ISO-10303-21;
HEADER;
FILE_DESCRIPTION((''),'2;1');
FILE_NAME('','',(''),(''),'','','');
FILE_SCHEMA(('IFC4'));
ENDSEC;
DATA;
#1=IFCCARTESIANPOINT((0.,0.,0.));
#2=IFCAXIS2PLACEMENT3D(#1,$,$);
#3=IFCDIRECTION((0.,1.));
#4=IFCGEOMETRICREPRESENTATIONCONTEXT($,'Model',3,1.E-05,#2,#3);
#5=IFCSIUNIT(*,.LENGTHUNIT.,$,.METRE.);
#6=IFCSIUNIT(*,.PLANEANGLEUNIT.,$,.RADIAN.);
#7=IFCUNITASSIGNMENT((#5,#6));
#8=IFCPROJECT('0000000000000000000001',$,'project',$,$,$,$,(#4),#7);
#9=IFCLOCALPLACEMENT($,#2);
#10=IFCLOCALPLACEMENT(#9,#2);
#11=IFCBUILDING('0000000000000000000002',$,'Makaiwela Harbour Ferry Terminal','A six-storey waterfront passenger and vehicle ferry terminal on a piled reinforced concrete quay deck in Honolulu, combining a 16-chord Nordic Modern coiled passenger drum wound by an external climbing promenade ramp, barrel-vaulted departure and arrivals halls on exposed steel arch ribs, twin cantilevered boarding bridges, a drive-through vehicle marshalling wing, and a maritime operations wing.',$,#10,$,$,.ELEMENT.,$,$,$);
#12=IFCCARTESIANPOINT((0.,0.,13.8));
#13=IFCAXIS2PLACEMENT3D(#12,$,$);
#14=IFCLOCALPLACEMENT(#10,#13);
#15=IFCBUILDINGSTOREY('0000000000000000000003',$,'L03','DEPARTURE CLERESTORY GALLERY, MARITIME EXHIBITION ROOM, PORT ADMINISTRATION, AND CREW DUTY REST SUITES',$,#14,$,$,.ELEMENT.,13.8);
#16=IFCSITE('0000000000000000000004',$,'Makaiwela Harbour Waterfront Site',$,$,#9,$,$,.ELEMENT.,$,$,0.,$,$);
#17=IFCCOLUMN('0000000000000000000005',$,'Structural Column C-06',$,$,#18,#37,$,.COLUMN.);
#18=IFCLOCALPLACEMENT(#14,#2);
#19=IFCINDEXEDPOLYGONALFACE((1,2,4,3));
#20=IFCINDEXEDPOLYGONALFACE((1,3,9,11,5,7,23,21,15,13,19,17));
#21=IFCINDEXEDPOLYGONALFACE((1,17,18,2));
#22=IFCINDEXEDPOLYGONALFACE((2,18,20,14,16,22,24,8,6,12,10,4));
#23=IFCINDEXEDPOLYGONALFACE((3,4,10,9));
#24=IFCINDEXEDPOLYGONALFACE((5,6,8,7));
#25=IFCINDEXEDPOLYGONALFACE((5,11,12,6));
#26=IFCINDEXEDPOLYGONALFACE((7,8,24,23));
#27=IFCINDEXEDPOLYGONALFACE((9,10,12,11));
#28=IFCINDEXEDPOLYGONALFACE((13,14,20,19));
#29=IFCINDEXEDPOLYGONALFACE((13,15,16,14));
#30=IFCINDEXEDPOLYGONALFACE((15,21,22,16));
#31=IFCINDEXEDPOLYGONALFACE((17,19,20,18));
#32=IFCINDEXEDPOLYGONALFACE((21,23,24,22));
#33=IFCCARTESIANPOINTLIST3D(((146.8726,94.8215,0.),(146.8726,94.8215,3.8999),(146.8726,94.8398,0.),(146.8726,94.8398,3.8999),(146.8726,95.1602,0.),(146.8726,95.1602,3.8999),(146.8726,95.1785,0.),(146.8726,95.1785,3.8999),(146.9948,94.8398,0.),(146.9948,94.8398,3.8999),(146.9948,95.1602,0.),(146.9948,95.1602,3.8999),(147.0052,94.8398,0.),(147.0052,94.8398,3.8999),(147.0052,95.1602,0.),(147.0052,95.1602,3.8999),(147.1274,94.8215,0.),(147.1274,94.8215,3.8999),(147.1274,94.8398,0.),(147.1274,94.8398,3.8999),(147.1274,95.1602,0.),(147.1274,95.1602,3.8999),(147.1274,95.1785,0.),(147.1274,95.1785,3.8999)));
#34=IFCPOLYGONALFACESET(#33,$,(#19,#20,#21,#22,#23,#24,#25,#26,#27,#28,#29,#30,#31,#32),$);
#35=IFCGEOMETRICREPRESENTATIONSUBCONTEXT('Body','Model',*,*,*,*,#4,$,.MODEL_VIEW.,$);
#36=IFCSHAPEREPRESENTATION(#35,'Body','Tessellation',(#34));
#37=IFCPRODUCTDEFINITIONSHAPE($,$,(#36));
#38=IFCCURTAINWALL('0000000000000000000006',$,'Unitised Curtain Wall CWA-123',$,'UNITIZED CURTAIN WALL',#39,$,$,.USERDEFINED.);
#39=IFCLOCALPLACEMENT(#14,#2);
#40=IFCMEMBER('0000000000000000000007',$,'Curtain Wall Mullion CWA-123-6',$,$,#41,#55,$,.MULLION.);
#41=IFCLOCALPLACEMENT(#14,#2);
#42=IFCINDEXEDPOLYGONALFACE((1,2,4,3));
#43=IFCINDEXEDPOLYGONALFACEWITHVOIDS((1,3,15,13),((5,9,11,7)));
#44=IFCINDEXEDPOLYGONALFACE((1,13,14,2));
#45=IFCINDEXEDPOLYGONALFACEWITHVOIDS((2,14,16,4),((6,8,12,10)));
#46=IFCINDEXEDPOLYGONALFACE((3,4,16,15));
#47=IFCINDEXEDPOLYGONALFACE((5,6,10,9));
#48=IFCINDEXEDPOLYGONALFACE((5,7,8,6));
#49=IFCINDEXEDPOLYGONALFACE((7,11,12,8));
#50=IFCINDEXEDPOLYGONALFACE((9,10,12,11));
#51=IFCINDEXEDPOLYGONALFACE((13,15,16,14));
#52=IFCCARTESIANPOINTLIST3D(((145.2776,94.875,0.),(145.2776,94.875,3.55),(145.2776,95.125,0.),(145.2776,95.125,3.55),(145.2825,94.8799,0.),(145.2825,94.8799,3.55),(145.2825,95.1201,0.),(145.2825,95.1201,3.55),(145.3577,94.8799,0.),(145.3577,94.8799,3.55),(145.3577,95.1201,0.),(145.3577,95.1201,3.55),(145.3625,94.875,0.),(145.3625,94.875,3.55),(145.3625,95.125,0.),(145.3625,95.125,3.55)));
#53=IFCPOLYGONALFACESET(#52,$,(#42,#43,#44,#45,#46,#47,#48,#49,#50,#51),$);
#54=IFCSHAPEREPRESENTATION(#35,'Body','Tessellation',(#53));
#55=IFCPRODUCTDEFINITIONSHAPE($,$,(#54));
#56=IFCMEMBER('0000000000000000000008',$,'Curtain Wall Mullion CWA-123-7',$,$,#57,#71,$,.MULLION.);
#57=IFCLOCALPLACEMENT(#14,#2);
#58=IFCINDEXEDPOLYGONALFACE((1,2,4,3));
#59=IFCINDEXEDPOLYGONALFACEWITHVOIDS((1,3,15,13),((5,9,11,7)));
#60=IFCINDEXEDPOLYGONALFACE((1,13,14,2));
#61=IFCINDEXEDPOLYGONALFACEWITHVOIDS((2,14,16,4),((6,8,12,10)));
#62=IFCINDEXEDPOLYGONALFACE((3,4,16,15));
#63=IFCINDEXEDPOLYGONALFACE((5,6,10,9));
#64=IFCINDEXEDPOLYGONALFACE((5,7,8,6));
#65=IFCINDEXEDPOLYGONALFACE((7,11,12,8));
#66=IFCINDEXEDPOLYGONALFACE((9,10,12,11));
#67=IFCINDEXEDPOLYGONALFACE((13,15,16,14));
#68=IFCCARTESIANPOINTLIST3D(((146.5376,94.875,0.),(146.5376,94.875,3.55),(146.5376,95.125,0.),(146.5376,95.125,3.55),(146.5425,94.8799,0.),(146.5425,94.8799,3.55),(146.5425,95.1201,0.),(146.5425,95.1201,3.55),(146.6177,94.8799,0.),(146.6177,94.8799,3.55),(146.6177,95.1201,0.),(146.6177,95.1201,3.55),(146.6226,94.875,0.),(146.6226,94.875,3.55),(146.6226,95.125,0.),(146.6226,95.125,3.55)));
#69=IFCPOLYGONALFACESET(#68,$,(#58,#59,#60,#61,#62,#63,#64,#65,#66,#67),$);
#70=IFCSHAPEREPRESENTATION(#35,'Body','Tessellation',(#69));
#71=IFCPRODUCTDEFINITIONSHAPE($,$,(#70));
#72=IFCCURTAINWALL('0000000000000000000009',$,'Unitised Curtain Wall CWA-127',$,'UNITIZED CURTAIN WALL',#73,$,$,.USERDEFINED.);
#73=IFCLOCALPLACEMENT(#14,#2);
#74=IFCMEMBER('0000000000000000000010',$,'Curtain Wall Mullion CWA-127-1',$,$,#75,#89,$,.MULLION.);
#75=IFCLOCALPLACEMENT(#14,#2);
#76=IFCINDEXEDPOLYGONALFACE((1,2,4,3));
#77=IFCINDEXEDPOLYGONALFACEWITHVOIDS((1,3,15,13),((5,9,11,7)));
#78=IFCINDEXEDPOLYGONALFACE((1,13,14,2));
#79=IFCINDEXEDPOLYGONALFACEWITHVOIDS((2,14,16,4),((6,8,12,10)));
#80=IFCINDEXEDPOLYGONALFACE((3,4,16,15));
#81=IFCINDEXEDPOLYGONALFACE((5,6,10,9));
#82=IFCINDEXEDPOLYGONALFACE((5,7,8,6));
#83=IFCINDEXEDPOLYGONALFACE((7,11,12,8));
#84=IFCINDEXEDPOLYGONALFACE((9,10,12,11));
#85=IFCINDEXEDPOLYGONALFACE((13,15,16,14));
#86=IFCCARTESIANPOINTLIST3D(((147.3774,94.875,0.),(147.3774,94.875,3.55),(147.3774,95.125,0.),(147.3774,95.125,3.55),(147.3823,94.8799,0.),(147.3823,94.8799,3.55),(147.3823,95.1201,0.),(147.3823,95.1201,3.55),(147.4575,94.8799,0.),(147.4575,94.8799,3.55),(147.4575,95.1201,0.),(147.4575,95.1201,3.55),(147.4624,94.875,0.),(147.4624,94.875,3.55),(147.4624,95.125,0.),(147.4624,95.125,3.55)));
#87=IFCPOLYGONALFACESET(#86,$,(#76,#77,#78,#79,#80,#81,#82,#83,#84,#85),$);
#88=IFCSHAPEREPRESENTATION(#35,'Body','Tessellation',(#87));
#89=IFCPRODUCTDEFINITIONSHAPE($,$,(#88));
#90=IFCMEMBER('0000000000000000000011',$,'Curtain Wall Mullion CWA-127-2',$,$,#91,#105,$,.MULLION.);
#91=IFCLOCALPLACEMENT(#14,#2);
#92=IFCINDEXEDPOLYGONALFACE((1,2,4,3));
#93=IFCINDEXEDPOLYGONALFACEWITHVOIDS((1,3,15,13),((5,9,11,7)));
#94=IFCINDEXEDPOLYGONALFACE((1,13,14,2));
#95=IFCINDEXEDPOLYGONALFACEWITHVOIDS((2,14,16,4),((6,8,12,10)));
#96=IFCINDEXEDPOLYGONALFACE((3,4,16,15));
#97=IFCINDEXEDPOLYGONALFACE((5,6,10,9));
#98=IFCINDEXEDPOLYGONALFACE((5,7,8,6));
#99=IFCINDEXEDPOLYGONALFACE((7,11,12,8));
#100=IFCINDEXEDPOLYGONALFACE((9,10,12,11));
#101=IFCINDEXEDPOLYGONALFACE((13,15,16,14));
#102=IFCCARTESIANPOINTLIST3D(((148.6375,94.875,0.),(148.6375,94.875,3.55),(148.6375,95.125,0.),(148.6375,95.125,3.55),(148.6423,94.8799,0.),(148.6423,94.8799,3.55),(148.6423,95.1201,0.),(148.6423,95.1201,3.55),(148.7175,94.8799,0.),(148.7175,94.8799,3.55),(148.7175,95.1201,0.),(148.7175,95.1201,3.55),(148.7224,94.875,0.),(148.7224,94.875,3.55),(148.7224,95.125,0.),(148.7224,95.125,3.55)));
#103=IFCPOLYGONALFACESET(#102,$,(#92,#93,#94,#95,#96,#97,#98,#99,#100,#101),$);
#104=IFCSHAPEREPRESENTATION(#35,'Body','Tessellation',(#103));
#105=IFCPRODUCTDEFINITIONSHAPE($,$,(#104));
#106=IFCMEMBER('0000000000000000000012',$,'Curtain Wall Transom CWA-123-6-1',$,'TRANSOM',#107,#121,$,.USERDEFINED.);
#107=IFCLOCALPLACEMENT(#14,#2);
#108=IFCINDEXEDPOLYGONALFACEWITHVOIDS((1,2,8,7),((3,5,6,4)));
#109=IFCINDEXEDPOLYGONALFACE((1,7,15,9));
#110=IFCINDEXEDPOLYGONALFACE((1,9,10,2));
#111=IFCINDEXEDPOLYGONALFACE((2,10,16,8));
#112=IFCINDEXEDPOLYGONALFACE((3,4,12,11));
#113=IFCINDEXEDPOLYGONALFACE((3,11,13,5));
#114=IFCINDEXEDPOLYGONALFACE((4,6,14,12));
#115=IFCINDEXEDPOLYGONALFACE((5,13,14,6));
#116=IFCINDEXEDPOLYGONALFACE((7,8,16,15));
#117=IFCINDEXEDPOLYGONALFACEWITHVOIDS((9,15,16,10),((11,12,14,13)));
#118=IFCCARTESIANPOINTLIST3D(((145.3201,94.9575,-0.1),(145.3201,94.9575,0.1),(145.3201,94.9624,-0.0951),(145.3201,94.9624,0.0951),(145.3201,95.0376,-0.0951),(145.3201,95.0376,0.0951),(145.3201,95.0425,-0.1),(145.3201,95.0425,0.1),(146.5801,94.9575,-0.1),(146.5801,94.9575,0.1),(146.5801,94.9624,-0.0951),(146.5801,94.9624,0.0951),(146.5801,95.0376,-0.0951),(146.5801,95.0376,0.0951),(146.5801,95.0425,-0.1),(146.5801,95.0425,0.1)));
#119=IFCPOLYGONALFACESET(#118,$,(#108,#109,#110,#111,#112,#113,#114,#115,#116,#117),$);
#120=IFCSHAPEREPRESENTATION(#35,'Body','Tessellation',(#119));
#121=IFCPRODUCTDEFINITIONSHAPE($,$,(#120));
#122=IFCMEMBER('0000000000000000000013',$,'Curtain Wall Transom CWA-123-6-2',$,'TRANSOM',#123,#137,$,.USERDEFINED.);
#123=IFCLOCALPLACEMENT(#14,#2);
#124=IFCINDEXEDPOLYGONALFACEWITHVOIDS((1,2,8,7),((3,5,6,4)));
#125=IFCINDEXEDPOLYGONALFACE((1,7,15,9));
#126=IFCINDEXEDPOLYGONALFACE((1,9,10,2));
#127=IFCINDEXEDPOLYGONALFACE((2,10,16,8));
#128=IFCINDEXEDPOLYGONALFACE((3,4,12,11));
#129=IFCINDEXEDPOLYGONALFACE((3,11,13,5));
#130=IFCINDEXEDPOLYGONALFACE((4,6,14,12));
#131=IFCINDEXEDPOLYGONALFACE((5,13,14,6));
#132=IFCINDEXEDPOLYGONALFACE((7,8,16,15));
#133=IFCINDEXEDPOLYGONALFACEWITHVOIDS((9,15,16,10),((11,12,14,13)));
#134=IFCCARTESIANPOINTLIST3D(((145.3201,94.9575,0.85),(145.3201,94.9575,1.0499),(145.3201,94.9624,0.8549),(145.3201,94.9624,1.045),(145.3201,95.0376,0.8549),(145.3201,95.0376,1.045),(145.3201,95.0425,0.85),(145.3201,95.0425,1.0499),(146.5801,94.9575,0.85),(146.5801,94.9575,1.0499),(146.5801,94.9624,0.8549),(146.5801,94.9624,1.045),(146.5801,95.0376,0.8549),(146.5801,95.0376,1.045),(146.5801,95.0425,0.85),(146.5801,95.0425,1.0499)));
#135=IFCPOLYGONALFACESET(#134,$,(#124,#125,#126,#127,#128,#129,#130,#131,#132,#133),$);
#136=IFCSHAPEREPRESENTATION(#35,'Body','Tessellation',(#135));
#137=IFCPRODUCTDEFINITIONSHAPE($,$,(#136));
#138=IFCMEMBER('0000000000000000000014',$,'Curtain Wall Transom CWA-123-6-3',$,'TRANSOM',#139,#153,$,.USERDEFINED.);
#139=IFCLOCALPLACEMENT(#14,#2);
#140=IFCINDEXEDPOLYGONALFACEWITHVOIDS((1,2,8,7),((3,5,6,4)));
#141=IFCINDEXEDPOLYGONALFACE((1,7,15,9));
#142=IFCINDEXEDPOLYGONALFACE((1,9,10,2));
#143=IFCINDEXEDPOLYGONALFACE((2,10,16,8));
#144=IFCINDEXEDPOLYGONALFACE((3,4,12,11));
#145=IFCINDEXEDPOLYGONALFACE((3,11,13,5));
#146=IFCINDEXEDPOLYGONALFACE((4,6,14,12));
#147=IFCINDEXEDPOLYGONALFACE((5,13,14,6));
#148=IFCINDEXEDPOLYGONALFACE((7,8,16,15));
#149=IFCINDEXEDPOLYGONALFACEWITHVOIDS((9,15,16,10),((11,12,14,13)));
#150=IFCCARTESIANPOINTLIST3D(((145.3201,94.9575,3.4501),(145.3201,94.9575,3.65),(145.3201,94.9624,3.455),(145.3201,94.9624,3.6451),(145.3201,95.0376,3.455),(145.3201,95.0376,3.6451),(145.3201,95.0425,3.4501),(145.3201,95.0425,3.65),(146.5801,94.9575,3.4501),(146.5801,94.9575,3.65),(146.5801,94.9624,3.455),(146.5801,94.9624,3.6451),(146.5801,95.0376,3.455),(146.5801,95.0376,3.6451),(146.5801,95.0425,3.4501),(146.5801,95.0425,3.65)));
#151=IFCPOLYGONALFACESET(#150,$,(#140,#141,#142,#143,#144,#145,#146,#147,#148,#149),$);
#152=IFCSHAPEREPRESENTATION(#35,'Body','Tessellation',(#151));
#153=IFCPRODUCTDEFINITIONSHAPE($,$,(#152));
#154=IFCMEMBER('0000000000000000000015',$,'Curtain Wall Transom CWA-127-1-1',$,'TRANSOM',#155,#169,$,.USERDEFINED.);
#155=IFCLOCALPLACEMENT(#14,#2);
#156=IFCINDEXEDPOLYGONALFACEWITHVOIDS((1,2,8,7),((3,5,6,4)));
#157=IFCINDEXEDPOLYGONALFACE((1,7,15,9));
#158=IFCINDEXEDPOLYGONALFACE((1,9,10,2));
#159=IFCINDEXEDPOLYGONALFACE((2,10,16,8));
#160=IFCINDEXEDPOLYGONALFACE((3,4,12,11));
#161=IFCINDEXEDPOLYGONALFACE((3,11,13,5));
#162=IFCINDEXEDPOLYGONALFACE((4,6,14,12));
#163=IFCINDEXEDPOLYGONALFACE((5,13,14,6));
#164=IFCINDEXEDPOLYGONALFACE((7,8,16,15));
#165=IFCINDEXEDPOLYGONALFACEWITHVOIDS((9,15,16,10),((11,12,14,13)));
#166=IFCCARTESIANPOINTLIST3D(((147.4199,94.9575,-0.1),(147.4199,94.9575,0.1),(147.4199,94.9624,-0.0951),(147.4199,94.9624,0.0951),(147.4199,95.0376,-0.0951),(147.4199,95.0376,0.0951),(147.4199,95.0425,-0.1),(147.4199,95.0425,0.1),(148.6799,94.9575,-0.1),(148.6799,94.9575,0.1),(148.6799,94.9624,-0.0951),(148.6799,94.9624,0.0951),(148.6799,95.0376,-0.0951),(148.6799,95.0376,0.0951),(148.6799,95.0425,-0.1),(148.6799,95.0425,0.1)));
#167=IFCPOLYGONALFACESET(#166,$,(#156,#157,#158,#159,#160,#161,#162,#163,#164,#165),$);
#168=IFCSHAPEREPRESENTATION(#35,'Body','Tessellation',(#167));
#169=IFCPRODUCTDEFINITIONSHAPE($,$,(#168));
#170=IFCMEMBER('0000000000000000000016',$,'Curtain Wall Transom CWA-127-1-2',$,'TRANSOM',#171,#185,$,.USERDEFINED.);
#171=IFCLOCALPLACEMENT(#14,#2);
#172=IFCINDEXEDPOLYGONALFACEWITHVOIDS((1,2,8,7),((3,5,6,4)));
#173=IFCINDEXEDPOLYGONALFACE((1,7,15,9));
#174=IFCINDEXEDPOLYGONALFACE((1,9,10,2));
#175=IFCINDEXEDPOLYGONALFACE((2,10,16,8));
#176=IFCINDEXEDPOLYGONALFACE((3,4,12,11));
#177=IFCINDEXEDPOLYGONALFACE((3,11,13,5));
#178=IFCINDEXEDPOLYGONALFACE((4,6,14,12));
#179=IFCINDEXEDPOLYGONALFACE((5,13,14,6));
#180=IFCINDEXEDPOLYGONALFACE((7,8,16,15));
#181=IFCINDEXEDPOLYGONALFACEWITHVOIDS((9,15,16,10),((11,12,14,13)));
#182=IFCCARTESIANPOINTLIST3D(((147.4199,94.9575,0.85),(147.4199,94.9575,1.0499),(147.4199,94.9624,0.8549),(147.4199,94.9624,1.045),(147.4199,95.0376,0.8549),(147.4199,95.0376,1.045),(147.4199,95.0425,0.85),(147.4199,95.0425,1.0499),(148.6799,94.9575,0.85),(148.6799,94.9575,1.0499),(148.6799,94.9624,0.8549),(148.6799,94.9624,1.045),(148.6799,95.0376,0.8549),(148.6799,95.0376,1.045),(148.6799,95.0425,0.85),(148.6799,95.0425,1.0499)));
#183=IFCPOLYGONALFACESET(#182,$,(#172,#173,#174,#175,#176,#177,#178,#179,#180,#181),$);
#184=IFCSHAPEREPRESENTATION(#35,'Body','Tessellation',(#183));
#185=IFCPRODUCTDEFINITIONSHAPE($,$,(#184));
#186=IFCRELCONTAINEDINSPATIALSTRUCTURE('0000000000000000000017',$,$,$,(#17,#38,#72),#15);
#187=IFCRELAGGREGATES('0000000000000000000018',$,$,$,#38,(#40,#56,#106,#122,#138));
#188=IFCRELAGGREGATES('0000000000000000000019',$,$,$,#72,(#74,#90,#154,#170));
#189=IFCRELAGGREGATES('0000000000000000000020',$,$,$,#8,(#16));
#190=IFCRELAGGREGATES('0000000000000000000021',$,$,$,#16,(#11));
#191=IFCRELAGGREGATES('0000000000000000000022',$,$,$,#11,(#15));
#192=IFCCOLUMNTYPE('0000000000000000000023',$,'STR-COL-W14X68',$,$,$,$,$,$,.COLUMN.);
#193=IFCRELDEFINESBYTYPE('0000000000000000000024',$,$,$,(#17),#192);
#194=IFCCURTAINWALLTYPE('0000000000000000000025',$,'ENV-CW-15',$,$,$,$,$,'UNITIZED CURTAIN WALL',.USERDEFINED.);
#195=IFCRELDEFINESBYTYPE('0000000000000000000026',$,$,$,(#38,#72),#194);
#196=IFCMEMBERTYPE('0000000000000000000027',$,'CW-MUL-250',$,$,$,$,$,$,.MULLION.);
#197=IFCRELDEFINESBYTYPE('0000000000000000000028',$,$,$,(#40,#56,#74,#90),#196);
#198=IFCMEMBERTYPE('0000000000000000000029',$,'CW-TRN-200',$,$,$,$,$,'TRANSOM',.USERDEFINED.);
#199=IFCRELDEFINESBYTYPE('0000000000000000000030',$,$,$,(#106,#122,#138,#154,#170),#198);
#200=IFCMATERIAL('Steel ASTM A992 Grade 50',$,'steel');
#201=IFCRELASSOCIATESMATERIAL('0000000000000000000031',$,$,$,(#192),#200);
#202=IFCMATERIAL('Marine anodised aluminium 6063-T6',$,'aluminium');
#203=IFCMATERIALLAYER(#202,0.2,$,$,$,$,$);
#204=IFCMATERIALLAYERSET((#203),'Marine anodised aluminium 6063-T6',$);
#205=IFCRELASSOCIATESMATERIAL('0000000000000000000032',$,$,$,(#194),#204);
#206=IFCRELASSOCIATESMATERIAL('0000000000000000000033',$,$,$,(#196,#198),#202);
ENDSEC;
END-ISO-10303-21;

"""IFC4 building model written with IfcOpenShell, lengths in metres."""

from ifc_helpers import new_model, si_unit, direction, frame, origin, origin_2d, place, context, subcontext, project, spatial, hollow_rectangle, i_section, extrude, material, layer, layer_set, material_profile, profile_set, type_object, element, aggregate, save


model = new_model("IFC4")

# Units and contexts
model_context = context("Model", 3, precision=1e-05, world=origin(), true_north=direction((0.0, 1.0)))
body_context = subcontext(model_context, "Body", "Model", "MODEL_VIEW")
ifc_project = project(units=[si_unit("LENGTHUNIT", "METRE"), si_unit("PLANEANGLEUNIT", "RADIAN")], contexts=[model_context])

# Site, building, storey
site_placement = place(None, origin())
site = spatial("IfcSite", under=ifc_project, at=site_placement, Name="Makaiwela Harbour Waterfront Site", CompositionType="ELEMENT", RefElevation=0.0)
building_placement = place(site_placement, origin())
building = spatial("IfcBuilding", under=site, at=building_placement, Name="Makaiwela Harbour Ferry Terminal", Description="A six-storey waterfront passenger and vehicle ferry terminal on a piled reinforced concrete quay deck in Honolulu, combining a 16-chord Nordic Modern coiled passenger drum wound by an external climbing promenade ramp, barrel-vaulted departure and arrivals halls on exposed steel arch ribs, twin cantilevered boarding bridges, a drive-through vehicle marshalling wing, and a maritime operations wing.", CompositionType="ELEMENT")
storey_placement = place(building_placement, frame((0.0, 0.0, 13.8)))
storey = spatial("IfcBuildingStorey", under=building, at=storey_placement, Name="L03", Description="DEPARTURE CLERESTORY GALLERY, MARITIME EXHIBITION ROOM, PORT ADMINISTRATION, AND CREW DUTY REST SUITES", CompositionType="ELEMENT", Elevation=13.8)

# Column
ifc_material_1 = material(Name="Steel ASTM A992 Grade 50", Category="steel")
ifc_material_profile_1 = material_profile(ifc_material_1, i_section(OverallWidth=0.2549, OverallDepth=0.3569, WebThickness=0.0105, FlangeThickness=0.0183, at=origin_2d()), Name="W14X68")
ifc_profile_set_1 = profile_set([ifc_material_profile_1], Name="Steel ASTM A992 Grade 50")
column_type = type_object("IfcColumnType", Name="STR-COL-W14X68", PredefinedType="COLUMN", material=ifc_profile_set_1)
column_placement = place(storey_placement, frame((147.0, 95.0, 0.0), z_axis=(0.0, 0.0, 1.0), x_axis=(1.0, 0.0, 0.0)))
element("IfcColumn", 1, at=column_placement, inside=storey, type_object=column_type, Name="Structural Column C-06", PredefinedType="COLUMN", context=body_context, shape_type="SweptSolid", body=[
    extrude(i_section(OverallWidth=0.2549, OverallDepth=0.3569, WebThickness=0.0105, FlangeThickness=0.0183, at=origin_2d()), origin(), (0.0, 0.0, 1.0), 3.8999),
])

# Curtain walls, members
ifc_material_2 = material(Name="Marine anodised aluminium 6063-T6", Category="aluminium")
ifc_layer_1 = layer(ifc_material_2, 0.2)
ifc_layer_set_1 = layer_set([ifc_layer_1], Name="Marine anodised aluminium 6063-T6")
curtain_wall_type = type_object("IfcCurtainWallType", Name="ENV-CW-15", ElementType="UNITIZED CURTAIN WALL", PredefinedType="USERDEFINED", material=ifc_layer_set_1)
curtain_wall_1_placement = place(storey_placement, origin())
curtain_wall_1 = element("IfcCurtainWall", 2, at=curtain_wall_1_placement, inside=storey, type_object=curtain_wall_type, Name="Unitised Curtain Wall CWA-123", ObjectType="UNITIZED CURTAIN WALL", PredefinedType="USERDEFINED")
ifc_material_profile_2 = material_profile(ifc_material_2, hollow_rectangle(XDim=0.085, YDim=0.25, WallThickness=0.0049, at=origin_2d()), Name="CWM-250X85")
ifc_profile_set_2 = profile_set([ifc_material_profile_2], Name="Marine anodised aluminium 6063-T6")
member_type_1 = type_object("IfcMemberType", Name="CW-MUL-250", PredefinedType="MULLION", material=ifc_profile_set_2)
member_1_placement = place(storey_placement, frame((145.3201, 95.0, 0.0), z_axis=(0.0, 0.0, 1.0), x_axis=(1.0, 0.0, 0.0)))
member_1 = element("IfcMember", 3, at=member_1_placement, type_object=member_type_1, Name="Curtain Wall Mullion CWA-123-6", PredefinedType="MULLION", context=body_context, shape_type="SweptSolid", body=[
    extrude(hollow_rectangle(XDim=0.085, YDim=0.25, WallThickness=0.0049, at=origin_2d()), origin(), (0.0, 0.0, 1.0), 3.55),
])
member_2_placement = place(storey_placement, frame((146.5801, 95.0, 0.0), z_axis=(0.0, 0.0, 1.0), x_axis=(1.0, 0.0, 0.0)))
member_2 = element("IfcMember", 4, at=member_2_placement, type_object=member_type_1, Name="Curtain Wall Mullion CWA-123-7", PredefinedType="MULLION", context=body_context, shape_type="SweptSolid", body=[
    extrude(hollow_rectangle(XDim=0.085, YDim=0.25, WallThickness=0.0049, at=origin_2d()), origin(), (0.0, 0.0, 1.0), 3.55),
])
curtain_wall_2_placement = place(storey_placement, origin())
curtain_wall_2 = element("IfcCurtainWall", 5, at=curtain_wall_2_placement, inside=storey, type_object=curtain_wall_type, Name="Unitised Curtain Wall CWA-127", ObjectType="UNITIZED CURTAIN WALL", PredefinedType="USERDEFINED")
member_3_placement = place(storey_placement, frame((147.4199, 95.0, 0.0), z_axis=(0.0, 0.0, 1.0), x_axis=(1.0, 0.0, 0.0)))
member_3 = element("IfcMember", 6, at=member_3_placement, type_object=member_type_1, Name="Curtain Wall Mullion CWA-127-1", PredefinedType="MULLION", context=body_context, shape_type="SweptSolid", body=[
    extrude(hollow_rectangle(XDim=0.085, YDim=0.25, WallThickness=0.0049, at=origin_2d()), origin(), (0.0, 0.0, 1.0), 3.55),
])
member_4_placement = place(storey_placement, frame((148.6799, 95.0, 0.0), z_axis=(0.0, 0.0, 1.0), x_axis=(1.0, 0.0, 0.0)))
member_4 = element("IfcMember", 7, at=member_4_placement, type_object=member_type_1, Name="Curtain Wall Mullion CWA-127-2", PredefinedType="MULLION", context=body_context, shape_type="SweptSolid", body=[
    extrude(hollow_rectangle(XDim=0.085, YDim=0.25, WallThickness=0.0049, at=origin_2d()), origin(), (0.0, 0.0, 1.0), 3.55),
])

# Members
ifc_material_profile_3 = material_profile(ifc_material_2, hollow_rectangle(XDim=0.085, YDim=0.2, WallThickness=0.0049, at=origin_2d()), Name="CWT-200X85")
ifc_profile_set_3 = profile_set([ifc_material_profile_3], Name="Marine anodised aluminium 6063-T6")
member_type_2 = type_object("IfcMemberType", Name="CW-TRN-200", ElementType="TRANSOM", PredefinedType="USERDEFINED", material=ifc_profile_set_3)
member_5_placement = place(storey_placement, frame((145.3201, 95.0, 0.0), z_axis=(1.0, 0.0, 0.0), x_axis=(0.0, 1.0, 0.0)))
member_5 = element("IfcMember", 8, at=member_5_placement, type_object=member_type_2, Name="Curtain Wall Transom CWA-123-6-1", ObjectType="TRANSOM", PredefinedType="USERDEFINED", context=body_context, shape_type="SweptSolid", body=[
    extrude(hollow_rectangle(XDim=0.085, YDim=0.2, WallThickness=0.0049, at=origin_2d()), origin(), (0.0, 0.0, 1.0), 1.26),
])
member_6_placement = place(storey_placement, frame((145.3201, 95.0, 0.95), z_axis=(1.0, 0.0, 0.0), x_axis=(0.0, 1.0, 0.0)))
member_6 = element("IfcMember", 9, at=member_6_placement, type_object=member_type_2, Name="Curtain Wall Transom CWA-123-6-2", ObjectType="TRANSOM", PredefinedType="USERDEFINED", context=body_context, shape_type="SweptSolid", body=[
    extrude(hollow_rectangle(XDim=0.085, YDim=0.2, WallThickness=0.0049, at=origin_2d()), origin(), (0.0, 0.0, 1.0), 1.26),
])
member_7_placement = place(storey_placement, frame((145.3201, 95.0, 3.55), z_axis=(1.0, 0.0, 0.0), x_axis=(0.0, 1.0, 0.0)))
member_7 = element("IfcMember", 10, at=member_7_placement, type_object=member_type_2, Name="Curtain Wall Transom CWA-123-6-3", ObjectType="TRANSOM", PredefinedType="USERDEFINED", context=body_context, shape_type="SweptSolid", body=[
    extrude(hollow_rectangle(XDim=0.085, YDim=0.2, WallThickness=0.0049, at=origin_2d()), origin(), (0.0, 0.0, 1.0), 1.26),
])
member_8_placement = place(storey_placement, frame((147.4199, 95.0, 0.0), z_axis=(1.0, 0.0, 0.0), x_axis=(0.0, 1.0, 0.0)))
member_8 = element("IfcMember", 11, at=member_8_placement, type_object=member_type_2, Name="Curtain Wall Transom CWA-127-1-1", ObjectType="TRANSOM", PredefinedType="USERDEFINED", context=body_context, shape_type="SweptSolid", body=[
    extrude(hollow_rectangle(XDim=0.085, YDim=0.2, WallThickness=0.0049, at=origin_2d()), origin(), (0.0, 0.0, 1.0), 1.26),
])
member_9_placement = place(storey_placement, frame((147.4199, 95.0, 0.95), z_axis=(1.0, 0.0, 0.0), x_axis=(0.0, 1.0, 0.0)))
member_9 = element("IfcMember", 12, at=member_9_placement, type_object=member_type_2, Name="Curtain Wall Transom CWA-127-1-2", ObjectType="TRANSOM", PredefinedType="USERDEFINED", context=body_context, shape_type="SweptSolid", body=[
    extrude(hollow_rectangle(XDim=0.085, YDim=0.2, WallThickness=0.0049, at=origin_2d()), origin(), (0.0, 0.0, 1.0), 1.26),
])

aggregate(curtain_wall_1, [member_1, member_2, member_5, member_6, member_7])
aggregate(curtain_wall_2, [member_3, member_4, member_8, member_9])

save(model, "model.ifc")
